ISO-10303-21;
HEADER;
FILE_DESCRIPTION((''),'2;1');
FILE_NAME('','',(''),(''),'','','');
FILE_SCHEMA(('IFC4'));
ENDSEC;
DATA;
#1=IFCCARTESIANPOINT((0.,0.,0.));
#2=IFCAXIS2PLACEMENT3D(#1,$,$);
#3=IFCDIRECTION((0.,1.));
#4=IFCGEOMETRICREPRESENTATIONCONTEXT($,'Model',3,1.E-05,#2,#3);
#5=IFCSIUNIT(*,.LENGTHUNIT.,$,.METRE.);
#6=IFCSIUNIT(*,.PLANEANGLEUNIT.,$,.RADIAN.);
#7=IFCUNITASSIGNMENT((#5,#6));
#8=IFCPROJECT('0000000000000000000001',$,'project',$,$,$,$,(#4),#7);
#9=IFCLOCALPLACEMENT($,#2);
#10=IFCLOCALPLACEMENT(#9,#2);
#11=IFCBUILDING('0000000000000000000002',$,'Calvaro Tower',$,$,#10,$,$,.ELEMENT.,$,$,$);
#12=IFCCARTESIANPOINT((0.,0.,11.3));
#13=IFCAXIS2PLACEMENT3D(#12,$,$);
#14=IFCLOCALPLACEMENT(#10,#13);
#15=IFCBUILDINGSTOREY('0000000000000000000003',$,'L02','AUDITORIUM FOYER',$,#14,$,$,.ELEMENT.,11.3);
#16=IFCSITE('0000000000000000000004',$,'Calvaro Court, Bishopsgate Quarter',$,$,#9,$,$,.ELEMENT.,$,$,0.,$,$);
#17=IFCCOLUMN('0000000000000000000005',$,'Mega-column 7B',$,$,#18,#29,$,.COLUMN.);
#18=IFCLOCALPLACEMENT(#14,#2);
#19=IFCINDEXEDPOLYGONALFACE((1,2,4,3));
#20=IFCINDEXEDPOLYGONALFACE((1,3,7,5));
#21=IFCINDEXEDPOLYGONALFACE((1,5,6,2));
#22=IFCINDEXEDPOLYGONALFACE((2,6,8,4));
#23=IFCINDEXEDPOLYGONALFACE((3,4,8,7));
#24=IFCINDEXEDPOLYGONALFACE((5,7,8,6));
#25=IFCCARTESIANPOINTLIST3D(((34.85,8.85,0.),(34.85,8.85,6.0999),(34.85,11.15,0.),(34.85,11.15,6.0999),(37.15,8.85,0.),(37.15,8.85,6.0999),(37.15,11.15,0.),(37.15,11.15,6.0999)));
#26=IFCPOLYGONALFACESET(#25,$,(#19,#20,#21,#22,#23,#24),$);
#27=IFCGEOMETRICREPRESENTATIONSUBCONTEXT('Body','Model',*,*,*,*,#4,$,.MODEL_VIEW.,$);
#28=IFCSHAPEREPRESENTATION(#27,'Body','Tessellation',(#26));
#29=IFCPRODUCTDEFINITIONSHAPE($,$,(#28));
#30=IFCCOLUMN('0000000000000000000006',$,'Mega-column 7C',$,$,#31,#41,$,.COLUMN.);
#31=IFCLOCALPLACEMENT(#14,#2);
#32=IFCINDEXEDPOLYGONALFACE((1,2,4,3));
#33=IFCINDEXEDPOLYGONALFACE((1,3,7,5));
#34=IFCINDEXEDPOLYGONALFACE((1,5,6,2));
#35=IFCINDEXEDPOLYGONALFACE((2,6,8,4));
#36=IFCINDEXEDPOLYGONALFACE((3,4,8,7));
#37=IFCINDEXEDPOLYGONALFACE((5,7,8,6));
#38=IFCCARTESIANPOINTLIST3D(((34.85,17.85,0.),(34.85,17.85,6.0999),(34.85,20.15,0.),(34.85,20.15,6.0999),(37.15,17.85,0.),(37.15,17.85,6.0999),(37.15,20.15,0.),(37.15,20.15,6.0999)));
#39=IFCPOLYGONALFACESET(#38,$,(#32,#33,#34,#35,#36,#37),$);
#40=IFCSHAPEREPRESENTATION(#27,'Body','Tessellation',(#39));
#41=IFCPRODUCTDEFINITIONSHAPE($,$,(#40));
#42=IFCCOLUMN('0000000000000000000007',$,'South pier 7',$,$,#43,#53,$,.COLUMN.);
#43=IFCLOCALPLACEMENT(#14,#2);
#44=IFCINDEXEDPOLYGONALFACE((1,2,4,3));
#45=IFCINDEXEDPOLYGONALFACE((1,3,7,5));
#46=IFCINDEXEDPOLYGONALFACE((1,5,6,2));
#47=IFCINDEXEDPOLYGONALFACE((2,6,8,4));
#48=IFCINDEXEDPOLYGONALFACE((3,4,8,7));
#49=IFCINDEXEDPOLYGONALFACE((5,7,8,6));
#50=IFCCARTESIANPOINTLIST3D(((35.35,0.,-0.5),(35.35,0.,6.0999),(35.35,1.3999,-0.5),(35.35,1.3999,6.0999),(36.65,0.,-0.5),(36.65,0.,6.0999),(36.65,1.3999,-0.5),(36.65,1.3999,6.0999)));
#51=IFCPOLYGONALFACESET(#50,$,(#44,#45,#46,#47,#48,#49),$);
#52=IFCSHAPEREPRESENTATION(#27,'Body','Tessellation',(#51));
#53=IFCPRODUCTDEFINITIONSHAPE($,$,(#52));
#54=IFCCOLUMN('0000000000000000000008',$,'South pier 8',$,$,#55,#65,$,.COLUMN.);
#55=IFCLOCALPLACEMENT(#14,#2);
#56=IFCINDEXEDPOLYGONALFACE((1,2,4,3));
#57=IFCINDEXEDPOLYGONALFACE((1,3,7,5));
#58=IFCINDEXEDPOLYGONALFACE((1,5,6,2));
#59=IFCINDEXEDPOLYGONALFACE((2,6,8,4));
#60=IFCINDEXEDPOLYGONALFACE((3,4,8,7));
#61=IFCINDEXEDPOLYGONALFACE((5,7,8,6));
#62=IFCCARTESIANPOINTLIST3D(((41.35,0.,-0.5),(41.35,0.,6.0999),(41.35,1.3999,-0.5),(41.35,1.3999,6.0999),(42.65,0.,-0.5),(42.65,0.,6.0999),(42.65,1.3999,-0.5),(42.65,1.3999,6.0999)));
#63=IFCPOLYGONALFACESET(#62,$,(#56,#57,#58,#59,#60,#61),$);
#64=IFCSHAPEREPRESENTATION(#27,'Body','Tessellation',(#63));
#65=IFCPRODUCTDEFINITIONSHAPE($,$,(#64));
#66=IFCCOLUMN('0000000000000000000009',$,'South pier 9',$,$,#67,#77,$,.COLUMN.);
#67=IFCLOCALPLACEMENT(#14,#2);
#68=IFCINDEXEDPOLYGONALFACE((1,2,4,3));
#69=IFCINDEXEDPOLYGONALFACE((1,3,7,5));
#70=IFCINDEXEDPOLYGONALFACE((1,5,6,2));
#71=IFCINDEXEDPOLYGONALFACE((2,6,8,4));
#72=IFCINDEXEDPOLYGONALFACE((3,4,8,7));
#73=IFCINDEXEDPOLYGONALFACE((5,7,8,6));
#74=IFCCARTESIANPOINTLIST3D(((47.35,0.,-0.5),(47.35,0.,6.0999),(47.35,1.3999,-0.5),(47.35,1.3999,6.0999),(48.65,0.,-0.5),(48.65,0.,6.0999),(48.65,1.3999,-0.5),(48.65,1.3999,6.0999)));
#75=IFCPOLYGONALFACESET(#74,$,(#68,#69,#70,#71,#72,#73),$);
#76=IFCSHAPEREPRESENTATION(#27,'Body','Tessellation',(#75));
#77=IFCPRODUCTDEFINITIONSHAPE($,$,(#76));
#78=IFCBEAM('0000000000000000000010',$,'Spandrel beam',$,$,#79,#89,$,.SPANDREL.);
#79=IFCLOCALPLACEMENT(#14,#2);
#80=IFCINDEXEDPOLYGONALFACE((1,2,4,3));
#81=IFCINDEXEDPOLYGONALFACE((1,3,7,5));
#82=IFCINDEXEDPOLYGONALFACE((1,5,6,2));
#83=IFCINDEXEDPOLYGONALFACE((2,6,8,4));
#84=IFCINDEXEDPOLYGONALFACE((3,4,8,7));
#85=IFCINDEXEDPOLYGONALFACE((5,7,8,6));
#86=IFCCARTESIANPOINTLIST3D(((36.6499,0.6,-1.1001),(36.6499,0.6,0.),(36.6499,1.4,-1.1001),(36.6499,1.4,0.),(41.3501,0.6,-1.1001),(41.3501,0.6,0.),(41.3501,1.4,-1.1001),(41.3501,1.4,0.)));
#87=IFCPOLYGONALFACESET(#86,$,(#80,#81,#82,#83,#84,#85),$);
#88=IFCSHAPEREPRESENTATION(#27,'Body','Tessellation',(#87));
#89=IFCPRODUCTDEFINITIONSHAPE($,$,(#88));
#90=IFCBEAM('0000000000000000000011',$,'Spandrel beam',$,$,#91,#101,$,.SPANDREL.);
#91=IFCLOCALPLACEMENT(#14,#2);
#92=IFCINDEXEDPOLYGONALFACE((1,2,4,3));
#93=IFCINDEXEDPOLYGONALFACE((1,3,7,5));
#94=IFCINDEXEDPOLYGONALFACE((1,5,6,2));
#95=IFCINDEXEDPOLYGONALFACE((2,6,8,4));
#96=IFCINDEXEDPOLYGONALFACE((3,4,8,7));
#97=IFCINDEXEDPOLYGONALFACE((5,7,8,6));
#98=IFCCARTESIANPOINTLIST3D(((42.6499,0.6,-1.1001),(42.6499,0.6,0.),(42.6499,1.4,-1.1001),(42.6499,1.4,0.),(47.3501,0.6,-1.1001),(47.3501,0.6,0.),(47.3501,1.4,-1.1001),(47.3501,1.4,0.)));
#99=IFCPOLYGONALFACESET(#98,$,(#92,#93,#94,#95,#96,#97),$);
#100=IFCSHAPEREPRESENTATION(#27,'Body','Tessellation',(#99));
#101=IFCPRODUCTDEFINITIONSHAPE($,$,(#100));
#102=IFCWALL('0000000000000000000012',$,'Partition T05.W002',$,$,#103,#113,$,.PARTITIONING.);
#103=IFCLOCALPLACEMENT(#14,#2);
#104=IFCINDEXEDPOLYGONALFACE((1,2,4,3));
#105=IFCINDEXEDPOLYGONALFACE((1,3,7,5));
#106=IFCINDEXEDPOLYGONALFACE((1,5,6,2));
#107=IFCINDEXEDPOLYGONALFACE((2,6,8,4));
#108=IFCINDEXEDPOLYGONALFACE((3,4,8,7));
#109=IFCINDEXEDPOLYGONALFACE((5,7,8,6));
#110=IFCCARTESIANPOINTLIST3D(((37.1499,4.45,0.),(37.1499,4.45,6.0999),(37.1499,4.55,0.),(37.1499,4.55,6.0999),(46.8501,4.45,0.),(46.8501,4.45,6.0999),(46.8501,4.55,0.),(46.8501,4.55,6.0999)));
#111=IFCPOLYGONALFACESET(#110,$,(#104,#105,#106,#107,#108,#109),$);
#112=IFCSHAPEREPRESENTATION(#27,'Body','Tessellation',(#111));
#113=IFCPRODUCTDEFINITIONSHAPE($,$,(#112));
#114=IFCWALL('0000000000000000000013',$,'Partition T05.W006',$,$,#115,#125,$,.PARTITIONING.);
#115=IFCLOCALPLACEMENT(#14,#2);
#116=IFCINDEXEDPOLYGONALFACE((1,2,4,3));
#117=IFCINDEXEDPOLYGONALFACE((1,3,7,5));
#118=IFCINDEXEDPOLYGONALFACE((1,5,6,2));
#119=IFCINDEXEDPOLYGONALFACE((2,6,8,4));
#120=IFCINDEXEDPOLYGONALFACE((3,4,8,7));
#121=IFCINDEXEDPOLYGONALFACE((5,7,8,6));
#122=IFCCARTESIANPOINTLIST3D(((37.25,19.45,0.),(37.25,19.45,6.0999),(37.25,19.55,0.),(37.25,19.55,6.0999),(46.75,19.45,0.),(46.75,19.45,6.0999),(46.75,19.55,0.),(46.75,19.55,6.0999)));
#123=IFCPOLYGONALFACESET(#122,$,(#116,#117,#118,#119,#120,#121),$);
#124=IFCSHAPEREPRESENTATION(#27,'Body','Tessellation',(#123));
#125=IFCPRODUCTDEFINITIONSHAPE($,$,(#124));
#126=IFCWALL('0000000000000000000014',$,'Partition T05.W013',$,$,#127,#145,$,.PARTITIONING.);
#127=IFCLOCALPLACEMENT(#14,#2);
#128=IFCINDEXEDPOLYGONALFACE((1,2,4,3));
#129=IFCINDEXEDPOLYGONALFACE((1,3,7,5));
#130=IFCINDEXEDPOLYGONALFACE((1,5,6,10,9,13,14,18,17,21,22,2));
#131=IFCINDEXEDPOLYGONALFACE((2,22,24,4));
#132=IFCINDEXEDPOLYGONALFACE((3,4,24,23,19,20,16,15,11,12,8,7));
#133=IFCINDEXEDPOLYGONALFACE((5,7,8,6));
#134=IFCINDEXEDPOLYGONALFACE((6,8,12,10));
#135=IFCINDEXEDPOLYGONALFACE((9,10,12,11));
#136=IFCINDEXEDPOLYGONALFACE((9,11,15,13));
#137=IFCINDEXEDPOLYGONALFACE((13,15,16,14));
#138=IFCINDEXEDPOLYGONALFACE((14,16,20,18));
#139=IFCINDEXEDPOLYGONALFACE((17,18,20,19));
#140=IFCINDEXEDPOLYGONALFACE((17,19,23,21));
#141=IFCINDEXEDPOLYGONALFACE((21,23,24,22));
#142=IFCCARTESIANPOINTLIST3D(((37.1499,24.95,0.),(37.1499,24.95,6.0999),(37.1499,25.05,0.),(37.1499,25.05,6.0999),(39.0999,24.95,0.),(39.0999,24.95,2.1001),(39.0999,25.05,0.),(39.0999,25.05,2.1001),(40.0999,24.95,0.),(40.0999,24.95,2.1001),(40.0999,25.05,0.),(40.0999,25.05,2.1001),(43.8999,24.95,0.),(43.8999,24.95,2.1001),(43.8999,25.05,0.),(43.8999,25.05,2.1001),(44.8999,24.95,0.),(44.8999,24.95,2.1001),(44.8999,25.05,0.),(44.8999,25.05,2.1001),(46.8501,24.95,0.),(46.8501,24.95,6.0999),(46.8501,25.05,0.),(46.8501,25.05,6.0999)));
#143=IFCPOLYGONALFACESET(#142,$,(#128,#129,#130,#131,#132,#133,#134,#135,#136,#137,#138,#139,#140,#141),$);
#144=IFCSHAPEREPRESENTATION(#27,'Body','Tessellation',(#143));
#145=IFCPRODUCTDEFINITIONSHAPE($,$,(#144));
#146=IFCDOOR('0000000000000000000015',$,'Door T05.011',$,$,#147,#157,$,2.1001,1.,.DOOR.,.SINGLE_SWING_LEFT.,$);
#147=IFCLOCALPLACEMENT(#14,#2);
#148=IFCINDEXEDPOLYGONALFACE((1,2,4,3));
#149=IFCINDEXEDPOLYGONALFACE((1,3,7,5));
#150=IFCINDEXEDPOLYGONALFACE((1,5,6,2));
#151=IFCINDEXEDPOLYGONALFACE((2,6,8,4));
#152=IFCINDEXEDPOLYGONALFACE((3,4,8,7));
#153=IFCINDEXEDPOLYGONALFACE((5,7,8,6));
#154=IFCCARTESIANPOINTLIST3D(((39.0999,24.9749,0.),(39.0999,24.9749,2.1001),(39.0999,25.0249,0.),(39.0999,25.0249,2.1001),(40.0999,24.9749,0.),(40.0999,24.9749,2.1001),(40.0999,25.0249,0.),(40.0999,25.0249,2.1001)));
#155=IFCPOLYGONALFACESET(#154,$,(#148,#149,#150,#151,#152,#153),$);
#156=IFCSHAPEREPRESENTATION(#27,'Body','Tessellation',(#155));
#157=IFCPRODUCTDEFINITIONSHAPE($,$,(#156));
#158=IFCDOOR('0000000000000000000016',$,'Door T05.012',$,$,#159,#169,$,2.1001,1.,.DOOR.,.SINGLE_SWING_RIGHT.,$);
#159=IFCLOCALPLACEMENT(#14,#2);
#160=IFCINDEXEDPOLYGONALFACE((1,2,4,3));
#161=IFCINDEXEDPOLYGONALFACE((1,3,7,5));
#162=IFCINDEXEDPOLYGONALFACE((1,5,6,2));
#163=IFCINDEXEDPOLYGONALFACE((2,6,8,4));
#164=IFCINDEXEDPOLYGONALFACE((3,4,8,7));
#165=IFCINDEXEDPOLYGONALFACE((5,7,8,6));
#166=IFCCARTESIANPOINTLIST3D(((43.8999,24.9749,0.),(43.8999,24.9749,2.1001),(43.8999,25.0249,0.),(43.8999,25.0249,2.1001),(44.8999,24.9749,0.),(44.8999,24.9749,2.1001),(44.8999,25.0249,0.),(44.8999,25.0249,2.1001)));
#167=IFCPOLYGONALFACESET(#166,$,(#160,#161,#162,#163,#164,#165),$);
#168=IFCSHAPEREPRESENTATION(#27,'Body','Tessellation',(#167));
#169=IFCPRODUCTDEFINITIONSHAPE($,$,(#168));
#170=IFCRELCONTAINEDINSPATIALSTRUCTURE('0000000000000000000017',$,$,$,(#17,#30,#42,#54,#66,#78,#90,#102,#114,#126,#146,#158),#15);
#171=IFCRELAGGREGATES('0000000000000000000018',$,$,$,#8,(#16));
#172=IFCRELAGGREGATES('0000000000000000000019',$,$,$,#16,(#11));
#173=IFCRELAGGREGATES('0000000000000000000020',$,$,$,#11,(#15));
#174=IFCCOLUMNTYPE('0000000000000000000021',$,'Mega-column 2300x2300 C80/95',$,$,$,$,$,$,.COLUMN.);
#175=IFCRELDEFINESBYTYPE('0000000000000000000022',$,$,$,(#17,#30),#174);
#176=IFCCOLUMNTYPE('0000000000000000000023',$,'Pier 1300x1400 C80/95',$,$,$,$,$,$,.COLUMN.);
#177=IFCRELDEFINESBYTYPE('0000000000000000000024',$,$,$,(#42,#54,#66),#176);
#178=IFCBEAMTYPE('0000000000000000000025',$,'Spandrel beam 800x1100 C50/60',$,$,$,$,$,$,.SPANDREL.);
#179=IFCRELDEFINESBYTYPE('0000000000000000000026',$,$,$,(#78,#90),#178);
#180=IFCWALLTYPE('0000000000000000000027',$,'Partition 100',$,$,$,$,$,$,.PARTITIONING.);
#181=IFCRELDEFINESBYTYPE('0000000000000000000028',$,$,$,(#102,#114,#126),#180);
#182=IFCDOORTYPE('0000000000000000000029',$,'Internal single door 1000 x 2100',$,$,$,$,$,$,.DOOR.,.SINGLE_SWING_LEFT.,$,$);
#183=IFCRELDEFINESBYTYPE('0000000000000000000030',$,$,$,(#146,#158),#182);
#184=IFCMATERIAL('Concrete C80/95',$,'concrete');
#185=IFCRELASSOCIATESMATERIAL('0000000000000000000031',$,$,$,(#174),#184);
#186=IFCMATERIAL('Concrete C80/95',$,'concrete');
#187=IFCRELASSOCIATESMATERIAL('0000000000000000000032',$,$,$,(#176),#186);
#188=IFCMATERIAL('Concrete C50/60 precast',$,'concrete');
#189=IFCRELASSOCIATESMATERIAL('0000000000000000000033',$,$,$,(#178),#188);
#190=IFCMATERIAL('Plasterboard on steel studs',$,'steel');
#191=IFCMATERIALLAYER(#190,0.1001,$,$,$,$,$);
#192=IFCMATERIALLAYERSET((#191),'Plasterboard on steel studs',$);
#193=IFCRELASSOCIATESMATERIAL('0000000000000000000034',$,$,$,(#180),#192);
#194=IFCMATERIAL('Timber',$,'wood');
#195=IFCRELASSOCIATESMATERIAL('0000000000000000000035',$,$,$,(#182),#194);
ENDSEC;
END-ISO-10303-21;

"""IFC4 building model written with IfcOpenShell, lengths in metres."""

from ifc_helpers import new_model, si_unit, direction, frame, frame_2d, origin, origin_2d, place, context, subcontext, project, spatial, rectangle, extrude, material, layer, layer_set, material_profile, profile_set, type_object, element, fill, save


model = new_model("IFC4")

# Units and contexts
model_context = context("Model", 3, precision=1e-05, world=origin(), true_north=direction((0.0, 1.0)))
body_context = subcontext(model_context, "Body", "Model", "MODEL_VIEW")
ifc_project = project(units=[si_unit("LENGTHUNIT", "METRE"), si_unit("PLANEANGLEUNIT", "RADIAN")], contexts=[model_context])

# Site, building, storey
site_placement = place(None, origin())
site = spatial("IfcSite", under=ifc_project, at=site_placement, Name="Calvaro Court, Bishopsgate Quarter", CompositionType="ELEMENT", RefElevation=0.0)
building_placement = place(site_placement, origin())
building = spatial("IfcBuilding", under=site, at=building_placement, Name="Calvaro Tower", CompositionType="ELEMENT")
storey_placement = place(building_placement, frame((0.0, 0.0, 11.3)))
storey = spatial("IfcBuildingStorey", under=building, at=storey_placement, Name="L02", Description="AUDITORIUM FOYER", CompositionType="ELEMENT", Elevation=11.3)

# Columns
ifc_material_1 = material(Name="Concrete C80/95", Category="concrete")
ifc_material_profile_1 = material_profile(ifc_material_1, rectangle(XDim=2.3, YDim=2.3, at=origin_2d()), Name="RC 2300x2300")
ifc_profile_set_1 = profile_set([ifc_material_profile_1], Name="Concrete C80/95")
column_type_1 = type_object("IfcColumnType", Name="Mega-column 2300x2300 C80/95", PredefinedType="COLUMN", material=ifc_profile_set_1)
for number, where, z_axis, x_axis, name in (
    (1, (36.0, 10.0, 0.0), (0.0, 0.0, 1.0), (1.0, 0.0, 0.0), "Mega-column 7B"),
    (2, (36.0, 19.0, 0.0), (0.0, 0.0, 1.0), (1.0, 0.0, 0.0), "Mega-column 7C"),
):
    element("IfcColumn", number, at=place(storey_placement, frame(where, z_axis=z_axis, x_axis=x_axis)), inside=storey, type_object=column_type_1, Name=name, PredefinedType="COLUMN", context=body_context, shape_type="SweptSolid", body=[
        extrude(rectangle(XDim=2.3, YDim=2.3, at=origin_2d()), origin(), (0.0, 0.0, 1.0), 6.0999),
    ])
ifc_material_2 = material(Name="Concrete C80/95", Category="concrete")
ifc_material_profile_2 = material_profile(ifc_material_2, rectangle(XDim=1.3, YDim=1.3999, at=origin_2d()), Name="RC 1300x1400")
ifc_profile_set_2 = profile_set([ifc_material_profile_2], Name="Concrete C80/95")
column_type_2 = type_object("IfcColumnType", Name="Pier 1300x1400 C80/95", PredefinedType="COLUMN", material=ifc_profile_set_2)
for number, where, z_axis, x_axis, name in (
    (3, (36.0, 0.7, -0.5), (0.0, 0.0, 1.0), (1.0, 0.0, 0.0), "South pier 7"),
    (4, (42.0, 0.7, -0.5), (0.0, 0.0, 1.0), (1.0, 0.0, 0.0), "South pier 8"),
    (5, (48.0, 0.7, -0.5), (0.0, 0.0, 1.0), (1.0, 0.0, 0.0), "South pier 9"),
):
    element("IfcColumn", number, at=place(storey_placement, frame(where, z_axis=z_axis, x_axis=x_axis)), inside=storey, type_object=column_type_2, Name=name, PredefinedType="COLUMN", context=body_context, shape_type="SweptSolid", body=[
        extrude(rectangle(XDim=1.3, YDim=1.3999, at=origin_2d()), origin(), (0.0, 0.0, 1.0), 6.5999),
    ])

# Beams
ifc_material_3 = material(Name="Concrete C50/60 precast", Category="concrete")
ifc_material_profile_3 = material_profile(ifc_material_3, rectangle(XDim=0.8, YDim=1.1001, at=origin_2d()), Name="RC 800x1100")
ifc_profile_set_3 = profile_set([ifc_material_profile_3], Name="Concrete C50/60 precast")
beam_type = type_object("IfcBeamType", Name="Spandrel beam 800x1100 C50/60", PredefinedType="SPANDREL", material=ifc_profile_set_3)
for number, where, z_axis, x_axis, name in (
    (6, (36.6499, 1.0, -0.55), (1.0, 0.0, 0.0), (0.0, 1.0, 0.0), "Spandrel beam"),
    (7, (42.6499, 1.0, -0.55), (1.0, 0.0, 0.0), (0.0, 1.0, 0.0), "Spandrel beam"),
):
    element("IfcBeam", number, at=place(storey_placement, frame(where, z_axis=z_axis, x_axis=x_axis)), inside=storey, type_object=beam_type, Name=name, PredefinedType="SPANDREL", context=body_context, shape_type="SweptSolid", body=[
        extrude(rectangle(XDim=0.8, YDim=1.1001, at=origin_2d()), origin(), (0.0, 0.0, 1.0), 4.7002),
    ])

# Walls
ifc_material_4 = material(Name="Plasterboard on steel studs", Category="steel")
ifc_layer_1 = layer(ifc_material_4, 0.1001)
ifc_layer_set_1 = layer_set([ifc_layer_1], Name="Plasterboard on steel studs")
wall_type_1 = type_object("IfcWallType", Name="Partition 100", PredefinedType="PARTITIONING", material=ifc_layer_set_1)
wall_1_placement = place(storey_placement, frame((37.1499, 4.5, 0.0), z_axis=(0.0, 0.0, 1.0), x_axis=(1.0, 0.0, 0.0)))
element("IfcWall", 8, at=wall_1_placement, inside=storey, type_object=wall_type_1, Name="Partition T05.W002", PredefinedType="PARTITIONING", context=body_context, shape_type="SweptSolid", body=[
    extrude(rectangle(XDim=9.7002, YDim=0.1001, at=frame_2d((4.8501, 0.0))), origin(), (0.0, 0.0, 1.0), 6.0999),
])
wall_2_placement = place(storey_placement, frame((37.25, 19.5, 0.0), z_axis=(0.0, 0.0, 1.0), x_axis=(1.0, 0.0, 0.0)))
element("IfcWall", 9, at=wall_2_placement, inside=storey, type_object=wall_type_1, Name="Partition T05.W006", PredefinedType="PARTITIONING", context=body_context, shape_type="SweptSolid", body=[
    extrude(rectangle(XDim=9.5, YDim=0.1001, at=frame_2d((4.75, 0.0))), origin(), (0.0, 0.0, 1.0), 6.0999),
])

# Wall, openings, doors
wall_3_placement = place(storey_placement, frame((37.1499, 25.0, 0.0), z_axis=(0.0, 0.0, 1.0), x_axis=(1.0, 0.0, 0.0)))
wall_3 = element("IfcWall", 10, at=wall_3_placement, inside=storey, type_object=wall_type_1, Name="Partition T05.W013", PredefinedType="PARTITIONING", context=body_context, shape_type="SweptSolid", body=[
    extrude(rectangle(XDim=9.7002, YDim=0.1001, at=frame_2d((4.8501, 0.0))), origin(), (0.0, 0.0, 1.0), 6.0999),
])
opening_1_placement = place(wall_3_placement, frame((1.95, 0.0, 0.0)))
opening_1 = element("IfcOpeningElement", 11, at=opening_1_placement, cuts=wall_3, PredefinedType="OPENING", context=body_context, shape_type="SweptSolid", body=[
    extrude(rectangle(XDim=1.0, YDim=2.1001, at=frame_2d((0.5, 1.05))), frame((0.0, 0.0601, 0.0), z_axis=(0.0, -1.0, 0.0), x_axis=(1.0, 0.0, 0.0)), (0.0, 0.0, 1.0), 0.1201),
])
opening_2_placement = place(wall_3_placement, frame((6.75, 0.0, 0.0)))
opening_2 = element("IfcOpeningElement", 12, at=opening_2_placement, cuts=wall_3, PredefinedType="OPENING", context=body_context, shape_type="SweptSolid", body=[
    extrude(rectangle(XDim=1.0, YDim=2.1001, at=frame_2d((0.5, 1.05))), frame((0.0, 0.0601, 0.0), z_axis=(0.0, -1.0, 0.0), x_axis=(1.0, 0.0, 0.0)), (0.0, 0.0, 1.0), 0.1201),
])
ifc_material_5 = material(Name="Timber", Category="wood")
door_type_1 = type_object("IfcDoorType", Name="Internal single door 1000 x 2100", OperationType="SINGLE_SWING_LEFT", PredefinedType="DOOR", material=ifc_material_5)
door_1_placement = place(opening_1_placement, origin())
door_1 = element("IfcDoor", 13, at=door_1_placement, inside=storey, type_object=door_type_1, Name="Door T05.011", OperationType="SINGLE_SWING_LEFT", OverallHeight=2.1001, OverallWidth=1.0, PredefinedType="DOOR", context=body_context, shape_type="SweptSolid", body=[
    extrude(rectangle(XDim=1.0, YDim=2.1001, at=frame_2d((0.5, 1.05))), frame((0.0, 0.0249, 0.0), z_axis=(0.0, -1.0, 0.0), x_axis=(1.0, 0.0, 0.0)), (0.0, 0.0, 1.0), 0.05),
])
fill(opening_1, door_1)
door_2_placement = place(opening_2_placement, origin())
door_2 = element("IfcDoor", 14, at=door_2_placement, inside=storey, type_object=door_type_1, Name="Door T05.012", OperationType="SINGLE_SWING_RIGHT", OverallHeight=2.1001, OverallWidth=1.0, PredefinedType="DOOR", context=body_context, shape_type="SweptSolid", body=[
    extrude(rectangle(XDim=1.0, YDim=2.1001, at=frame_2d((0.5, 1.05))), frame((0.0, 0.0249, 0.0), z_axis=(0.0, -1.0, 0.0), x_axis=(1.0, 0.0, 0.0)), (0.0, 0.0, 1.0), 0.05),
])
fill(opening_2, door_2)

save(model, "model.ifc")
